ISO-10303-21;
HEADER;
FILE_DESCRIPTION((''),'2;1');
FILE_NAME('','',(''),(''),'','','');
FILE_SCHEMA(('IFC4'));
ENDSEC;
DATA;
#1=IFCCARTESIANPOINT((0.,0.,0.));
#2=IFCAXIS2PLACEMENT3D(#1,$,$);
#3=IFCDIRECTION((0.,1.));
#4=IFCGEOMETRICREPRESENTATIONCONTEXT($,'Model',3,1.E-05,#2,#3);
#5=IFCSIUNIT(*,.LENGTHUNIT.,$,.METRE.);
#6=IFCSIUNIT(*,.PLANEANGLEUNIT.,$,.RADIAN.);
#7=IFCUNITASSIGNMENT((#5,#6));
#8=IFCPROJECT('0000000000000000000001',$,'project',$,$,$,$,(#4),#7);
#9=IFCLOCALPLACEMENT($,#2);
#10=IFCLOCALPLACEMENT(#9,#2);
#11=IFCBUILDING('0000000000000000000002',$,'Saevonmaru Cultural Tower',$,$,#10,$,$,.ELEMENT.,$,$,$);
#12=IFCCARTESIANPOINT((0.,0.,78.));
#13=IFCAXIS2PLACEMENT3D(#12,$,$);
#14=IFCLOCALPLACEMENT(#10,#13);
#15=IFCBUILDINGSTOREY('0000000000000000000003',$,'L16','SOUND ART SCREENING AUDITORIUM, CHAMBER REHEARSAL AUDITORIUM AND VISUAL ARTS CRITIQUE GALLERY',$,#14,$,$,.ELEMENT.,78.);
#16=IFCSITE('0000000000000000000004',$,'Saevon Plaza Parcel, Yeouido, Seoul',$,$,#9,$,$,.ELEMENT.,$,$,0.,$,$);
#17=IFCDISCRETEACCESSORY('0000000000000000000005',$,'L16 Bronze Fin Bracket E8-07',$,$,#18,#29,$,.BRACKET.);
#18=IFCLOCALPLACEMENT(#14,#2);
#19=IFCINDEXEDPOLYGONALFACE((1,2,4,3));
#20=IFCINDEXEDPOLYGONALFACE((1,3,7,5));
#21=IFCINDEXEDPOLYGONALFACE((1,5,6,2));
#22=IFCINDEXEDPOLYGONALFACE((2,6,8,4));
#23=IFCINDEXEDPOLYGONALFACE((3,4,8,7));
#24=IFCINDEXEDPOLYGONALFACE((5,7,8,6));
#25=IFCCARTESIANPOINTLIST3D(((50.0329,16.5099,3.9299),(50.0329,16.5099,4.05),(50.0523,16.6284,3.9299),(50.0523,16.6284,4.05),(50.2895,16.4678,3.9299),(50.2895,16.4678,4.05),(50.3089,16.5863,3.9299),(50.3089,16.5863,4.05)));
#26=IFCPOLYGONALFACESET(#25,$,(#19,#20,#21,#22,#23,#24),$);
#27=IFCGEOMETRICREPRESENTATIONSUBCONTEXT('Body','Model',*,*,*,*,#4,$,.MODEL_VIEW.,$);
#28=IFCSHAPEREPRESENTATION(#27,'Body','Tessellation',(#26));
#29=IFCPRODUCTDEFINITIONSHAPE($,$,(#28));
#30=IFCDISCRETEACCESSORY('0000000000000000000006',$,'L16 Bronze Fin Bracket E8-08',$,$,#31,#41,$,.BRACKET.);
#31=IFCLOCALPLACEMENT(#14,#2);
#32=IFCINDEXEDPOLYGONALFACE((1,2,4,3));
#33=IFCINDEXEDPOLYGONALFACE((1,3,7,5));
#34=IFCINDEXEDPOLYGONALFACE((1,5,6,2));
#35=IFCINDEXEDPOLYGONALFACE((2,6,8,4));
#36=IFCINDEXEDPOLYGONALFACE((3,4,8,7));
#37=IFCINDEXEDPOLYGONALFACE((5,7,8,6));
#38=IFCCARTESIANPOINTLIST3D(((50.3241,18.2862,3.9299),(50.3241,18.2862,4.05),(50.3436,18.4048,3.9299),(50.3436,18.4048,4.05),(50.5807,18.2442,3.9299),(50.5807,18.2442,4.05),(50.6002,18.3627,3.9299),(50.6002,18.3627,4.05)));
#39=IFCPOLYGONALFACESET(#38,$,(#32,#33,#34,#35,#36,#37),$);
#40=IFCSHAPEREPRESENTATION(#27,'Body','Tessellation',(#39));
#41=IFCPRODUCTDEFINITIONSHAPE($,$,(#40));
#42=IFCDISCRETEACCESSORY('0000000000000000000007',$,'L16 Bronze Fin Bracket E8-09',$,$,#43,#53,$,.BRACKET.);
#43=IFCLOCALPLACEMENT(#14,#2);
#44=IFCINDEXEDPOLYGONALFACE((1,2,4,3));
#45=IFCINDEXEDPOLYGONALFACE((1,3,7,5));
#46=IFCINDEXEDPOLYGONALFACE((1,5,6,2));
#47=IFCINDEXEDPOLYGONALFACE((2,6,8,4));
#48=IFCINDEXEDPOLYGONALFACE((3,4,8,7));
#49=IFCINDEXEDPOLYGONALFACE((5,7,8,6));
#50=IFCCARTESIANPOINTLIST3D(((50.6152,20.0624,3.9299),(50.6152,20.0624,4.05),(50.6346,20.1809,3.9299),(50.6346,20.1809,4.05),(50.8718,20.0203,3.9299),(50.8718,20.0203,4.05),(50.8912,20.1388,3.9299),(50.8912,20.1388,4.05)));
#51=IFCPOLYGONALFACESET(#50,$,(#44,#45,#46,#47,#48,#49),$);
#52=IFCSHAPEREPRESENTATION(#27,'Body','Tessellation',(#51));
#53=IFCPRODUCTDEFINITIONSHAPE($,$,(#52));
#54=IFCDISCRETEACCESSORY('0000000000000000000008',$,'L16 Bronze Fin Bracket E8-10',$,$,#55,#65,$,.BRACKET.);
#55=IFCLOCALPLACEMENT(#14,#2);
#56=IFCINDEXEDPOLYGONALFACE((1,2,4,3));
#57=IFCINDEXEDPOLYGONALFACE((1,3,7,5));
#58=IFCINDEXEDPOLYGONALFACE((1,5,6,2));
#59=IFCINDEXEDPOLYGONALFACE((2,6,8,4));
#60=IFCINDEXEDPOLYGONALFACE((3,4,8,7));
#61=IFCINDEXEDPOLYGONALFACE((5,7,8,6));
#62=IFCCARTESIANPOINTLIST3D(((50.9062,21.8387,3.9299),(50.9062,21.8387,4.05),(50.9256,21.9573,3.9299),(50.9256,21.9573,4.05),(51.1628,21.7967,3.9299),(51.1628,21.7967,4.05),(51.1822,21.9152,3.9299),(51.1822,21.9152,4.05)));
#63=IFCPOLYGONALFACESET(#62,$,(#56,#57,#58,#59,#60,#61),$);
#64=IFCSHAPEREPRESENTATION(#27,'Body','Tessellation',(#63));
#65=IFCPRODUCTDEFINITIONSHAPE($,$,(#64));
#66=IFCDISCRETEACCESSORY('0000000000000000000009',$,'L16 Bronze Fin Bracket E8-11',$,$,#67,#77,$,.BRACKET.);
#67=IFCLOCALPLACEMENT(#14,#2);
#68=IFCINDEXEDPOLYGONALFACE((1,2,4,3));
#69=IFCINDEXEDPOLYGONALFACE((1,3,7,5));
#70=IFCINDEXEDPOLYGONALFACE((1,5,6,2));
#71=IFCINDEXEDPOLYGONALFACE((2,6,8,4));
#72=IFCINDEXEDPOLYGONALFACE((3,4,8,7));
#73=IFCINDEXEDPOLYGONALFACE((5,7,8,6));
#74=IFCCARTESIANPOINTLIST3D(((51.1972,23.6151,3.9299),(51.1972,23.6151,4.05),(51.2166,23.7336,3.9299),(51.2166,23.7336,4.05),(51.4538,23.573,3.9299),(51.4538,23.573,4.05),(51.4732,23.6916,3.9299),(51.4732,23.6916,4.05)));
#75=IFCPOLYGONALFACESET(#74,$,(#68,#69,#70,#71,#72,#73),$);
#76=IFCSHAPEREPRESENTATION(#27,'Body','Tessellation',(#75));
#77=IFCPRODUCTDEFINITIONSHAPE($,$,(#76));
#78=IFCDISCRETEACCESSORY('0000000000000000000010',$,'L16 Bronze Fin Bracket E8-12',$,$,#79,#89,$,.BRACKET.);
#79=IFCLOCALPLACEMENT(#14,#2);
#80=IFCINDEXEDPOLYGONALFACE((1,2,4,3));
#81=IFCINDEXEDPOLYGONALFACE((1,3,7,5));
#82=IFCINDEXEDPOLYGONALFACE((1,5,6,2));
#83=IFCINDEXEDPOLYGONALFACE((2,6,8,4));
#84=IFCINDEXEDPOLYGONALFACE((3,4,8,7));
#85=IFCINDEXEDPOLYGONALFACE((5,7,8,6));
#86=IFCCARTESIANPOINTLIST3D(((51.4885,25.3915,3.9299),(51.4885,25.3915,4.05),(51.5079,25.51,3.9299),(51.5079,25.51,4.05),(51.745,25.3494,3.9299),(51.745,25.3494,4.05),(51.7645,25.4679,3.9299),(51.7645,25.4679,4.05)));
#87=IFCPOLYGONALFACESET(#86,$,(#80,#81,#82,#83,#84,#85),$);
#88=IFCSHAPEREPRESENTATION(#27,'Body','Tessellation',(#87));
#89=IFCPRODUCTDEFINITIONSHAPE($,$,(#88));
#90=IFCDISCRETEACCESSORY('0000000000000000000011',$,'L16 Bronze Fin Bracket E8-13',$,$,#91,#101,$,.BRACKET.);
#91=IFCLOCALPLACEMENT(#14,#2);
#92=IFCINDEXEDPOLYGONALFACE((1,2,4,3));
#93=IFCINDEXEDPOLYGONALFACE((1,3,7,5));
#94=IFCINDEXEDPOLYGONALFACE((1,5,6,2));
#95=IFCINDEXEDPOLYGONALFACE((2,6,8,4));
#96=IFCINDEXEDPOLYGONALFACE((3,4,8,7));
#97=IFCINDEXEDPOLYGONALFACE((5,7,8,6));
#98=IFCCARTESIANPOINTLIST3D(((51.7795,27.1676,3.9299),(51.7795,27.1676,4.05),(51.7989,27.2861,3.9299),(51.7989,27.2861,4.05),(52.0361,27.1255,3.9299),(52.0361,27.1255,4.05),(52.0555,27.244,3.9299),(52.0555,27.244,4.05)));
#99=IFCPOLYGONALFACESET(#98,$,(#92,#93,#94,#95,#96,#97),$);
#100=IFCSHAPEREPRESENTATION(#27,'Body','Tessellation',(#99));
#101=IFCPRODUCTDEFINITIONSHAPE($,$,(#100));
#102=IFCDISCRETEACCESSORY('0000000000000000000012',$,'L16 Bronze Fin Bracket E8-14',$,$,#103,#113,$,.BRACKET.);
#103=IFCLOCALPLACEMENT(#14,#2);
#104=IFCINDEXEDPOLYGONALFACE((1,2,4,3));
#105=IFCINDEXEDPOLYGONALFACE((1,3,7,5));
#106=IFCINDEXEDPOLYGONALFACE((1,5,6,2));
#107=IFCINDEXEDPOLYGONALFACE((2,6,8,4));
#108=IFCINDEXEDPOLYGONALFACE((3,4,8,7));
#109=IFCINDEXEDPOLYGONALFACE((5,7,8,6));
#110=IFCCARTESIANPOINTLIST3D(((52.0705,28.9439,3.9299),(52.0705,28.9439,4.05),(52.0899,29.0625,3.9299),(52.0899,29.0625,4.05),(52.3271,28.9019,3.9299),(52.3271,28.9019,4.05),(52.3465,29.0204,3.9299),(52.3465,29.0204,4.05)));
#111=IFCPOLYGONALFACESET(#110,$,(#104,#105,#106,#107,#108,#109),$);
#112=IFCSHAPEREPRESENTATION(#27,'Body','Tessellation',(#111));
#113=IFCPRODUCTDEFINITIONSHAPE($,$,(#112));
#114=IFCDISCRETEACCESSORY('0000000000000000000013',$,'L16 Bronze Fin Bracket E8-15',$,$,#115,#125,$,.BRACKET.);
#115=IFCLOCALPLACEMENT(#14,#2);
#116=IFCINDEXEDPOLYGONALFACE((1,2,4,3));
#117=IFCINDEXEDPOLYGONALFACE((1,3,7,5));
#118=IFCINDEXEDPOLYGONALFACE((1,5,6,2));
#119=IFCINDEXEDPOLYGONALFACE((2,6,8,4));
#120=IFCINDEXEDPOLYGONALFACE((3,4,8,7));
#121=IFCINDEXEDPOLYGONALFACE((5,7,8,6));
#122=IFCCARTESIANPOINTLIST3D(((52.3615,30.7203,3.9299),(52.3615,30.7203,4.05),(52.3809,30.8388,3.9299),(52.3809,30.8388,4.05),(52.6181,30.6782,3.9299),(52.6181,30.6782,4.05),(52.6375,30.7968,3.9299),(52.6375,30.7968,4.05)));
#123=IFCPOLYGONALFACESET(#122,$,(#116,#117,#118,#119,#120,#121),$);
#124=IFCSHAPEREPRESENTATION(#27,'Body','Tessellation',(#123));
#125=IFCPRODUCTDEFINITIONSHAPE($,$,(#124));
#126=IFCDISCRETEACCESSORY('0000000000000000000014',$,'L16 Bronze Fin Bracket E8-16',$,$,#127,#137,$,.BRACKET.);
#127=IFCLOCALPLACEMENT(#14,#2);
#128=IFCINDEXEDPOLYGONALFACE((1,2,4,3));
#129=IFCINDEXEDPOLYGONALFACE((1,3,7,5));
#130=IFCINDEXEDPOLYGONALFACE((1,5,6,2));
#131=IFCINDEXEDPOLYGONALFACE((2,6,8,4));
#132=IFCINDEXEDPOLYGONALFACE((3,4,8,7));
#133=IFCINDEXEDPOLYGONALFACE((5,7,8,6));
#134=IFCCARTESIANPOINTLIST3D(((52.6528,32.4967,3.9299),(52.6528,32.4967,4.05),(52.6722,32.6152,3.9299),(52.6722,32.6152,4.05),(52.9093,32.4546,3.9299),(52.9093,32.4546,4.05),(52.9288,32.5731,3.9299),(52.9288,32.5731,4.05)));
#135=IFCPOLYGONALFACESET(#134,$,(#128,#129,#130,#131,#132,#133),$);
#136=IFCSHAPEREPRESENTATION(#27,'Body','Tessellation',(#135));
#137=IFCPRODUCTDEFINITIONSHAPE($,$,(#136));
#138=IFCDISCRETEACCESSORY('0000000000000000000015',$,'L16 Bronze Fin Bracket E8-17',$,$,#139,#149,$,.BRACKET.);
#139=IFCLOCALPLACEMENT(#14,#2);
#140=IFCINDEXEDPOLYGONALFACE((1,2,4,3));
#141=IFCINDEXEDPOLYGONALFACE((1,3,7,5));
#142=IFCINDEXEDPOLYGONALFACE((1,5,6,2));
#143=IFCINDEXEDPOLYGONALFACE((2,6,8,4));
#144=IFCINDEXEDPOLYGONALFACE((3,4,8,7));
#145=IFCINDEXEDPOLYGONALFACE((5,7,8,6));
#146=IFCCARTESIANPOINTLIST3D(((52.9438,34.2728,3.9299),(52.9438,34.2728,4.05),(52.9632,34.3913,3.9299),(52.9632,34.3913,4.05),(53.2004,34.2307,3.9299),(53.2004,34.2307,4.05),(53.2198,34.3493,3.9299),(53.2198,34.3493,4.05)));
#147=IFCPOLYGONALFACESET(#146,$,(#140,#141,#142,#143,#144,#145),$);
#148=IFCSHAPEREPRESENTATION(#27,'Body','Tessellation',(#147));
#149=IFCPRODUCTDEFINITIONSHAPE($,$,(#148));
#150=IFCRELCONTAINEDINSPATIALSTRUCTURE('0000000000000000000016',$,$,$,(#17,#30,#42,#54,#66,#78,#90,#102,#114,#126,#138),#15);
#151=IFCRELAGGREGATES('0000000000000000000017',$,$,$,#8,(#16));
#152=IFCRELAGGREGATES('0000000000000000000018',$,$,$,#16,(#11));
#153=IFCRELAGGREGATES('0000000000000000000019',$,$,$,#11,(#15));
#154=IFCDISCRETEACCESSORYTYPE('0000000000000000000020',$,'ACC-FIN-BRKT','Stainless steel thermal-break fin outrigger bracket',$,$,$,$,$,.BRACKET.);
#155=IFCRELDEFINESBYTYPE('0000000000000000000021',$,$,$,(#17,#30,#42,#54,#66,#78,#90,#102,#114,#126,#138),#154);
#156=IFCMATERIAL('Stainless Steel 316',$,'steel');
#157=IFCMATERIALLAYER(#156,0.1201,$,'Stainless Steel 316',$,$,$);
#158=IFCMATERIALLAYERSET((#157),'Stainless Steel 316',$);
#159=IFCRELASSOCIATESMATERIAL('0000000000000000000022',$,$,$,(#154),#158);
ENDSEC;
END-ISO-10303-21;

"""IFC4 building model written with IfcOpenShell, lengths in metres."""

from ifc_helpers import new_model, si_unit, direction, frame, origin, origin_2d, place, context, subcontext, project, spatial, rectangle, extrude, material, layer, layer_set, type_object, element, save


model = new_model("IFC4")

# Units and contexts
model_context = context("Model", 3, precision=1e-05, world=origin(), true_north=direction((0.0, 1.0)))
body_context = subcontext(model_context, "Body", "Model", "MODEL_VIEW")
ifc_project = project(units=[si_unit("LENGTHUNIT", "METRE"), si_unit("PLANEANGLEUNIT", "RADIAN")], contexts=[model_context])

# Site, building, storey
site_placement = place(None, origin())
site = spatial("IfcSite", under=ifc_project, at=site_placement, Name="Saevon Plaza Parcel, Yeouido, Seoul", CompositionType="ELEMENT", RefElevation=0.0)
building_placement = place(site_placement, origin())
building = spatial("IfcBuilding", under=site, at=building_placement, Name="Saevonmaru Cultural Tower", CompositionType="ELEMENT")
storey_placement = place(building_placement, frame((0.0, 0.0, 78.0)))
storey = spatial("IfcBuildingStorey", under=building, at=storey_placement, Name="L16", Description="SOUND ART SCREENING AUDITORIUM, CHAMBER REHEARSAL AUDITORIUM AND VISUAL ARTS CRITIQUE GALLERY", CompositionType="ELEMENT", Elevation=78.0)

# Discrete accessories
ifc_material_1 = material(Name="Stainless Steel 316", Category="steel")
ifc_layer_1 = layer(ifc_material_1, 0.1201, Name="Stainless Steel 316")
ifc_layer_set_1 = layer_set([ifc_layer_1], Name="Stainless Steel 316")
discrete_accessory_type = type_object("IfcDiscreteAccessoryType", Name="ACC-FIN-BRKT", Description="Stainless steel thermal-break fin outrigger bracket", PredefinedType="BRACKET", material=ifc_layer_set_1)
for number, where, z_axis, x_axis, name in (
    (1, (50.1709, 16.5481, 3.9299), (0.0, 0.0, 1.0), (0.986827, -0.161776, 0.0), "L16 Bronze Fin Bracket E8-07"),
    (2, (50.4622, 18.3245, 3.9299), (0.0, 0.0, 1.0), (0.986827, -0.161776, 0.0), "L16 Bronze Fin Bracket E8-08"),
    (3, (50.7532, 20.1006, 3.9299), (0.0, 0.0, 1.0), (0.986827, -0.161776, 0.0), "L16 Bronze Fin Bracket E8-09"),
    (4, (51.0442, 21.877, 3.9299), (0.0, 0.0, 1.0), (0.986827, -0.161776, 0.0), "L16 Bronze Fin Bracket E8-10"),
    (5, (51.3352, 23.6533, 3.9299), (0.0, 0.0, 1.0), (0.986827, -0.161776, 0.0), "L16 Bronze Fin Bracket E8-11"),
    (6, (51.6265, 25.4297, 3.9299), (0.0, 0.0, 1.0), (0.986827, -0.161776, 0.0), "L16 Bronze Fin Bracket E8-12"),
    (7, (51.9175, 27.2058, 3.9299), (0.0, 0.0, 1.0), (0.986827, -0.161776, 0.0), "L16 Bronze Fin Bracket E8-13"),
    (8, (52.2085, 28.9822, 3.9299), (0.0, 0.0, 1.0), (0.986827, -0.161776, 0.0), "L16 Bronze Fin Bracket E8-14"),
    (9, (52.4995, 30.7585, 3.9299), (0.0, 0.0, 1.0), (0.986827, -0.161776, 0.0), "L16 Bronze Fin Bracket E8-15"),
    (10, (52.7908, 32.5349, 3.9299), (0.0, 0.0, 1.0), (0.986827, -0.161776, 0.0), "L16 Bronze Fin Bracket E8-16"),
    (11, (53.0818, 34.311, 3.9299), (0.0, 0.0, 1.0), (0.986827, -0.161776, 0.0), "L16 Bronze Fin Bracket E8-17"),
):
    element("IfcDiscreteAccessory", number, at=place(storey_placement, frame(where, z_axis=z_axis, x_axis=x_axis)), inside=storey, type_object=discrete_accessory_type, Name=name, PredefinedType="BRACKET", context=body_context, shape_type="SweptSolid", body=[
        extrude(rectangle(XDim=0.26, YDim=0.1201, at=origin_2d()), origin(), (0.0, 0.0, 1.0), 0.1201),
    ])

save(model, "model.ifc")
